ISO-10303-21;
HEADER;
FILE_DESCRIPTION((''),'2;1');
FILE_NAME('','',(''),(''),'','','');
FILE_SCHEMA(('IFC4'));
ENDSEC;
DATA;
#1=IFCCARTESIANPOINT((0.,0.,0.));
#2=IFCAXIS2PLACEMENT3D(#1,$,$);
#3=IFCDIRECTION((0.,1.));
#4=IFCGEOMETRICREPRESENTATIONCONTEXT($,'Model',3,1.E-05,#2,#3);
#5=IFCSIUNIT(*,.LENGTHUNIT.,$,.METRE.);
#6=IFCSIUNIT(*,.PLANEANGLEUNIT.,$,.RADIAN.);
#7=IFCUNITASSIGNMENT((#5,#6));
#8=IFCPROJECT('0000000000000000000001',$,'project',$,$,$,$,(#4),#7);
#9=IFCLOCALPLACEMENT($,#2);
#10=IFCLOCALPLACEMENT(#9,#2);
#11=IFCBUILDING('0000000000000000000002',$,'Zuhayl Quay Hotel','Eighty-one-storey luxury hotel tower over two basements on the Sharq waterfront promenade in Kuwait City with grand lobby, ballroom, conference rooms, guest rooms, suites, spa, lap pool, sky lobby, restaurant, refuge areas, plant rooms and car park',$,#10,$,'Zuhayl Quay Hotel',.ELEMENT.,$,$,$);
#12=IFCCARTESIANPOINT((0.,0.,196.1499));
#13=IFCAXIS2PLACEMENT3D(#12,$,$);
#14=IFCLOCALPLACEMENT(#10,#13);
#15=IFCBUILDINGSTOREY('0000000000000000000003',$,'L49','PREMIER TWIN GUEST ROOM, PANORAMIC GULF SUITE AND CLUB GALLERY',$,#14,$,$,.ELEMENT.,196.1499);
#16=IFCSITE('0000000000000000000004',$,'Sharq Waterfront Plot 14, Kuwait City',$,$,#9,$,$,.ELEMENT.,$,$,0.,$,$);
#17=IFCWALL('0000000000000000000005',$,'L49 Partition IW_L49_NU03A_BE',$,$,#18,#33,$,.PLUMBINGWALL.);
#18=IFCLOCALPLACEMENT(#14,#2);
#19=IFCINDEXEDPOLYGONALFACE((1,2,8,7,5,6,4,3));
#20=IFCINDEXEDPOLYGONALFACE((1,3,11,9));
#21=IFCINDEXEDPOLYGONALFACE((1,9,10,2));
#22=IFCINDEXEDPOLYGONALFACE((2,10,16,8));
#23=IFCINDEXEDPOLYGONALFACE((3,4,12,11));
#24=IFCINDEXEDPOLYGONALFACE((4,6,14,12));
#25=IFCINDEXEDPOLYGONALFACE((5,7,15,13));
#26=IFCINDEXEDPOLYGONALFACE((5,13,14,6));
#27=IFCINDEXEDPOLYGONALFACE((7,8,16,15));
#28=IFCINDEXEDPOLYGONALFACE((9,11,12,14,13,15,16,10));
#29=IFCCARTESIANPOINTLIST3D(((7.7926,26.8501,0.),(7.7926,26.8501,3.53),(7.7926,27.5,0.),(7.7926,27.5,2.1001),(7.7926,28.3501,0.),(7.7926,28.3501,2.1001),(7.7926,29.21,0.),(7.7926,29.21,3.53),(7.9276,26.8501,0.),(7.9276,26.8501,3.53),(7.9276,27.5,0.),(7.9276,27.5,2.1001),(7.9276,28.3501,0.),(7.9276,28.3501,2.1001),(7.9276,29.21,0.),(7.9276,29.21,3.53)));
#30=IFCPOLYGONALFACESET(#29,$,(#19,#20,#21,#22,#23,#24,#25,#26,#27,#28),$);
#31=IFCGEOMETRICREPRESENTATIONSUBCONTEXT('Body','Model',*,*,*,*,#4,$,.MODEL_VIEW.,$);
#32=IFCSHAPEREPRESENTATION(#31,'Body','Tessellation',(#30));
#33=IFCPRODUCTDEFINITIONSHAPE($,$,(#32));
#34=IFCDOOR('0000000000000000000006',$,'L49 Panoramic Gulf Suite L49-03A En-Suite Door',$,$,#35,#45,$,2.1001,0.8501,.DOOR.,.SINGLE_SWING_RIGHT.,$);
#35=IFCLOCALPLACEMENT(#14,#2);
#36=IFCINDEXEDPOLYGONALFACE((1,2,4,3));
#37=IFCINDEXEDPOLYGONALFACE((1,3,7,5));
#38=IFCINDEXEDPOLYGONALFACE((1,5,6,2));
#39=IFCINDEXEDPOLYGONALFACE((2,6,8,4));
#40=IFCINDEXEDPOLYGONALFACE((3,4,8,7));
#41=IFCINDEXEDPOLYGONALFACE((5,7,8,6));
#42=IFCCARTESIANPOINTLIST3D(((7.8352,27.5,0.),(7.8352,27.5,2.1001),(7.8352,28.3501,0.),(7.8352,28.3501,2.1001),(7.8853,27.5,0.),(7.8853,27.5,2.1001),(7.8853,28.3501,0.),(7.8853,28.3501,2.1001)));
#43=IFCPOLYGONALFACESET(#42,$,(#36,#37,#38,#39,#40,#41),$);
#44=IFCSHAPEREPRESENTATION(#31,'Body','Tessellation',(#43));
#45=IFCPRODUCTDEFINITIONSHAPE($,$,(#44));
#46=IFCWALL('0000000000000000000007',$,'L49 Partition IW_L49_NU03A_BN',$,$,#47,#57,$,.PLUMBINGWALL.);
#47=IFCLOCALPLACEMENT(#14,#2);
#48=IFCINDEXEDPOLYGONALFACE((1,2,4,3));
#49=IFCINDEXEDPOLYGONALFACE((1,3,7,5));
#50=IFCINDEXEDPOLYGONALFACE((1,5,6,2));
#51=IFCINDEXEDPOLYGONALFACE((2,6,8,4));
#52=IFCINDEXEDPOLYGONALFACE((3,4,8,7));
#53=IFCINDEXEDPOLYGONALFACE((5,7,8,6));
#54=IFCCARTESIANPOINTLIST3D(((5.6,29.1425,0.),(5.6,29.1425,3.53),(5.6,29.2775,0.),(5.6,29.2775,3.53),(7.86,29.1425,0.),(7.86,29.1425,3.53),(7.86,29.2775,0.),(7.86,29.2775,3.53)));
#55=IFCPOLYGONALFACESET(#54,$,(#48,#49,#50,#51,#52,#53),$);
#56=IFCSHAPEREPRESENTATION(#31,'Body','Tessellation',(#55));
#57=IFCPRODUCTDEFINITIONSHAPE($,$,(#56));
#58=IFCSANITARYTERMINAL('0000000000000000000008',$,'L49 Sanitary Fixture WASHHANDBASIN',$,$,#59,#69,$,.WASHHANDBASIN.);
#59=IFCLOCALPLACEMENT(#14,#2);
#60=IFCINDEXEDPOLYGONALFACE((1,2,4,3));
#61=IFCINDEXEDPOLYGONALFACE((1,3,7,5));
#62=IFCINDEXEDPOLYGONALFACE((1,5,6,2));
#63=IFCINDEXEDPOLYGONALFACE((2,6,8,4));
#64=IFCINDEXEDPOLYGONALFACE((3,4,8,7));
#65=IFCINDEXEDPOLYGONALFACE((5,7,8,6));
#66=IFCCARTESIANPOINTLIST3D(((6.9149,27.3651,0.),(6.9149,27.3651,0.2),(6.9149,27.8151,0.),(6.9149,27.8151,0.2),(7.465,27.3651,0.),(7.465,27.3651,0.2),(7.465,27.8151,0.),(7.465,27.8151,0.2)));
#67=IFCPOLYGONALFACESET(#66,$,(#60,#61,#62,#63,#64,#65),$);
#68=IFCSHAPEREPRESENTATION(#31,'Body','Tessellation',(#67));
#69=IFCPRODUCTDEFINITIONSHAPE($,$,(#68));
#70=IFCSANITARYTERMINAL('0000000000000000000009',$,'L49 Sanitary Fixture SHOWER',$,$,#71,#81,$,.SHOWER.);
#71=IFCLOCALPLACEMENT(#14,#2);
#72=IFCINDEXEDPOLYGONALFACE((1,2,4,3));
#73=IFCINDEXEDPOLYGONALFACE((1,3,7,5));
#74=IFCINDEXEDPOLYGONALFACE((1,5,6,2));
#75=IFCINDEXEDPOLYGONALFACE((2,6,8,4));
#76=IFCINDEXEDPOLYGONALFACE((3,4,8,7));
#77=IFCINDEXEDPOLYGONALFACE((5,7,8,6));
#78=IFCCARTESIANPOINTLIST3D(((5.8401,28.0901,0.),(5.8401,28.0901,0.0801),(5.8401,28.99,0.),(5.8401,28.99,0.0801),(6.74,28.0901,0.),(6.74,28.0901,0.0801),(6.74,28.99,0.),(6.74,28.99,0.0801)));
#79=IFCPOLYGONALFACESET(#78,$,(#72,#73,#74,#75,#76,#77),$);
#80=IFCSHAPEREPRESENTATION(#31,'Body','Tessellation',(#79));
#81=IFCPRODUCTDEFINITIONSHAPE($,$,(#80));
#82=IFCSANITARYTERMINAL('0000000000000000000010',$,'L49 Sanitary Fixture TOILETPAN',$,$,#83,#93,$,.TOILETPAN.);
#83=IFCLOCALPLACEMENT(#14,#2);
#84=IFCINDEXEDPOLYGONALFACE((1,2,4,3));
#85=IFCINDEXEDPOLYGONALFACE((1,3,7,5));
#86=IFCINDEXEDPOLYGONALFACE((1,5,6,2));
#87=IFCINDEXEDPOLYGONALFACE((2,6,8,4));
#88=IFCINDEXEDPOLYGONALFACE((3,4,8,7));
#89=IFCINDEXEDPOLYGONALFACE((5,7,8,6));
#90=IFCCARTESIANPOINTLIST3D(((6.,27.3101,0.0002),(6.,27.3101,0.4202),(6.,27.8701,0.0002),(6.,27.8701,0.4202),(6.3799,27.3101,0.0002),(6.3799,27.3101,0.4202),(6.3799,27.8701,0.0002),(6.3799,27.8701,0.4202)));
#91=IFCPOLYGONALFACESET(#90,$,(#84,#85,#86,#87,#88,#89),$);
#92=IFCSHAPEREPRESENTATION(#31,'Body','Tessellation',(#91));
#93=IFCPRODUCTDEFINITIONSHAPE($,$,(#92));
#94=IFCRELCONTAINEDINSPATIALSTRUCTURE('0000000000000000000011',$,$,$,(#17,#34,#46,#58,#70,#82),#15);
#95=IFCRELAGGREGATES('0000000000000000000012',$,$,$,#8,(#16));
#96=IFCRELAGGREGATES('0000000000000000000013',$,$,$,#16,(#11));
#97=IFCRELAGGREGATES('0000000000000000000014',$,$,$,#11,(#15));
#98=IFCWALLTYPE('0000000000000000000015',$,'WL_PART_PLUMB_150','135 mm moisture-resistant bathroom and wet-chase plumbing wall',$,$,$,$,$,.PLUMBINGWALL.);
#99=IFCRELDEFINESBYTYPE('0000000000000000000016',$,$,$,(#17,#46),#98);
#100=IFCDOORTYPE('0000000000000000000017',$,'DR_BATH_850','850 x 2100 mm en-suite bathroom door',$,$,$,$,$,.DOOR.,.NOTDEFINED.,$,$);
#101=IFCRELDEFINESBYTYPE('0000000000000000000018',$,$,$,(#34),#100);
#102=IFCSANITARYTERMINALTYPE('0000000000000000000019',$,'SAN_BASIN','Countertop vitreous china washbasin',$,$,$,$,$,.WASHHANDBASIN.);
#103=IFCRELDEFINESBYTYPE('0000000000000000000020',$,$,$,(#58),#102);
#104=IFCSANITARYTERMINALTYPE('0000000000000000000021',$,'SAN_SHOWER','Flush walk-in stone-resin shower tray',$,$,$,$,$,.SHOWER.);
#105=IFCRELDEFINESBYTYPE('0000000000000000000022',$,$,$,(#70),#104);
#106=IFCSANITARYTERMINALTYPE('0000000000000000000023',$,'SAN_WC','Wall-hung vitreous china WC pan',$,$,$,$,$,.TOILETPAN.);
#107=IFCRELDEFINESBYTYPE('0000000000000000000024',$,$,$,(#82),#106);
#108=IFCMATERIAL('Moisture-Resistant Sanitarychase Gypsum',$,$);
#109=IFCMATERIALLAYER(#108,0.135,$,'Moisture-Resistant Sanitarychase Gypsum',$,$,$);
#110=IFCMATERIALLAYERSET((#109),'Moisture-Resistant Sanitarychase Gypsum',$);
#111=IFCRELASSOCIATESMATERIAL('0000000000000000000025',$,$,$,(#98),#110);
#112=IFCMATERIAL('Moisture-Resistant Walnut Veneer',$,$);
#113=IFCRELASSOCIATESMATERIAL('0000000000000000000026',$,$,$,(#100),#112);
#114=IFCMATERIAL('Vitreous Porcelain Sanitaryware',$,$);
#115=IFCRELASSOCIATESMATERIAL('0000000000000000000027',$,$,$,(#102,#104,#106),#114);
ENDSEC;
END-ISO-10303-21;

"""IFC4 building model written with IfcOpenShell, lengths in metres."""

from ifc_helpers import new_model, si_unit, direction, frame, frame_2d, origin, origin_2d, place, context, subcontext, project, spatial, rectangle, extrude, material, layer, layer_set, type_object, element, fill, save


model = new_model("IFC4")

# Units and contexts
model_context = context("Model", 3, precision=1e-05, world=origin(), true_north=direction((0.0, 1.0)))
body_context = subcontext(model_context, "Body", "Model", "MODEL_VIEW")
ifc_project = project(units=[si_unit("LENGTHUNIT", "METRE"), si_unit("PLANEANGLEUNIT", "RADIAN")], contexts=[model_context])

# Site, building, storey
site_placement = place(None, origin())
site = spatial("IfcSite", under=ifc_project, at=site_placement, Name="Sharq Waterfront Plot 14, Kuwait City", CompositionType="ELEMENT", RefElevation=0.0)
building_placement = place(site_placement, origin())
building = spatial("IfcBuilding", under=site, at=building_placement, Name="Zuhayl Quay Hotel", Description="Eighty-one-storey luxury hotel tower over two basements on the Sharq waterfront promenade in Kuwait City with grand lobby, ballroom, conference rooms, guest rooms, suites, spa, lap pool, sky lobby, restaurant, refuge areas, plant rooms and car park", LongName="Zuhayl Quay Hotel", CompositionType="ELEMENT")
storey_placement = place(building_placement, frame((0.0, 0.0, 196.1499)))
storey = spatial("IfcBuildingStorey", under=building, at=storey_placement, Name="L49", Description="PREMIER TWIN GUEST ROOM, PANORAMIC GULF SUITE AND CLUB GALLERY", CompositionType="ELEMENT", Elevation=196.1499)

# Wall, opening, door
ifc_material_1 = material(Name="Moisture-Resistant Sanitarychase Gypsum")
ifc_layer_1 = layer(ifc_material_1, 0.135, Name="Moisture-Resistant Sanitarychase Gypsum")
ifc_layer_set_1 = layer_set([ifc_layer_1], Name="Moisture-Resistant Sanitarychase Gypsum")
wall_type_1 = type_object("IfcWallType", Name="WL_PART_PLUMB_150", Description="135 mm moisture-resistant bathroom and wet-chase plumbing wall", PredefinedType="PLUMBINGWALL", material=ifc_layer_set_1)
wall_1_placement = place(storey_placement, frame((7.8601, 26.8501, 0.0), z_axis=(0.0, 0.0, 1.0), x_axis=(0.0, 1.0, 0.0)))
wall_1 = element("IfcWall", 1, at=wall_1_placement, inside=storey, type_object=wall_type_1, Name="L49 Partition IW_L49_NU03A_BE", PredefinedType="PLUMBINGWALL", context=body_context, shape_type="SweptSolid", body=[
    extrude(rectangle(XDim=2.3599, YDim=0.135, at=frame_2d((1.1799, 0.0))), origin(), (0.0, 0.0, 1.0), 3.53),
])
opening_1_placement = place(wall_1_placement, frame((0.6499, 0.0, 0.0)))
opening_1 = element("IfcOpeningElement", 2, at=opening_1_placement, cuts=wall_1, PredefinedType="OPENING", context=body_context, shape_type="SweptSolid", body=[
    extrude(rectangle(XDim=0.8501, YDim=2.1001, at=frame_2d((0.425, 1.05))), frame((0.0, 0.0774, 0.0), z_axis=(0.0, -1.0, 0.0), x_axis=(1.0, 0.0, 0.0)), (0.0, 0.0, 1.0), 0.155),
])
ifc_material_2 = material(Name="Moisture-Resistant Walnut Veneer")
door_type_1 = type_object("IfcDoorType", Name="DR_BATH_850", Description="850 x 2100 mm en-suite bathroom door", OperationType="NOTDEFINED", PredefinedType="DOOR", material=ifc_material_2)
door_1_placement = place(opening_1_placement, origin())
door_1 = element("IfcDoor", 3, at=door_1_placement, inside=storey, type_object=door_type_1, Name="L49 Panoramic Gulf Suite L49-03A En-Suite Door", OperationType="SINGLE_SWING_RIGHT", OverallHeight=2.1001, OverallWidth=0.8501, PredefinedType="DOOR", context=body_context, shape_type="SweptSolid", body=[
    extrude(rectangle(XDim=0.8501, YDim=2.1001, at=frame_2d((0.425, 1.05))), frame((0.0, 0.0249, 0.0), z_axis=(0.0, -1.0, 0.0), x_axis=(1.0, 0.0, 0.0)), (0.0, 0.0, 1.0), 0.05),
])
fill(opening_1, door_1)

# Wall
wall_2_placement = place(storey_placement, frame((5.6001, 29.21, 0.0), z_axis=(0.0, 0.0, 1.0), x_axis=(1.0, 0.0, 0.0)))
element("IfcWall", 4, at=wall_2_placement, inside=storey, type_object=wall_type_1, Name="L49 Partition IW_L49_NU03A_BN", PredefinedType="PLUMBINGWALL", context=body_context, shape_type="SweptSolid", body=[
    extrude(rectangle(XDim=2.26, YDim=0.135, at=frame_2d((1.1299, 0.0))), origin(), (0.0, 0.0, 1.0), 3.53),
])

# Sanitary terminals
ifc_material_3 = material(Name="Vitreous Porcelain Sanitaryware")
sanitary_terminal_type_1 = type_object("IfcSanitaryTerminalType", Name="SAN_BASIN", Description="Countertop vitreous china washbasin", PredefinedType="WASHHANDBASIN", material=ifc_material_3)
sanitary_terminal_1_placement = place(storey_placement, frame((7.1899, 27.5901, 0.0), z_axis=(0.0, 0.0, 1.0), x_axis=(1.0, 0.0, 0.0)))
element("IfcSanitaryTerminal", 5, at=sanitary_terminal_1_placement, inside=storey, type_object=sanitary_terminal_type_1, Name="L49 Sanitary Fixture WASHHANDBASIN", PredefinedType="WASHHANDBASIN", context=body_context, shape_type="SweptSolid", body=[
    extrude(rectangle(XDim=0.55, YDim=0.45, at=origin_2d()), origin(), (0.0, 0.0, 1.0), 0.2),
])
sanitary_terminal_type_2 = type_object("IfcSanitaryTerminalType", Name="SAN_SHOWER", Description="Flush walk-in stone-resin shower tray", PredefinedType="SHOWER", material=ifc_material_3)
sanitary_terminal_2_placement = place(storey_placement, frame((6.29, 28.54, 0.0), z_axis=(0.0, 0.0, 1.0), x_axis=(1.0, 0.0, 0.0)))
element("IfcSanitaryTerminal", 6, at=sanitary_terminal_2_placement, inside=storey, type_object=sanitary_terminal_type_2, Name="L49 Sanitary Fixture SHOWER", PredefinedType="SHOWER", context=body_context, shape_type="SweptSolid", body=[
    extrude(rectangle(XDim=0.8999, YDim=0.8999, at=origin_2d()), origin(), (0.0, 0.0, 1.0), 0.0801),
])
sanitary_terminal_type_3 = type_object("IfcSanitaryTerminalType", Name="SAN_WC", Description="Wall-hung vitreous china WC pan", PredefinedType="TOILETPAN", material=ifc_material_3)
sanitary_terminal_3_placement = place(storey_placement, frame((6.1899, 27.5901, 0.0002), z_axis=(0.0, 0.0, 1.0), x_axis=(1.0, 0.0, 0.0)))
element("IfcSanitaryTerminal", 7, at=sanitary_terminal_3_placement, inside=storey, type_object=sanitary_terminal_type_3, Name="L49 Sanitary Fixture TOILETPAN", PredefinedType="TOILETPAN", context=body_context, shape_type="SweptSolid", body=[
    extrude(rectangle(XDim=0.3799, YDim=0.5601, at=origin_2d()), origin(), (0.0, 0.0, 1.0), 0.4199),
])

save(model, "model.ifc")
